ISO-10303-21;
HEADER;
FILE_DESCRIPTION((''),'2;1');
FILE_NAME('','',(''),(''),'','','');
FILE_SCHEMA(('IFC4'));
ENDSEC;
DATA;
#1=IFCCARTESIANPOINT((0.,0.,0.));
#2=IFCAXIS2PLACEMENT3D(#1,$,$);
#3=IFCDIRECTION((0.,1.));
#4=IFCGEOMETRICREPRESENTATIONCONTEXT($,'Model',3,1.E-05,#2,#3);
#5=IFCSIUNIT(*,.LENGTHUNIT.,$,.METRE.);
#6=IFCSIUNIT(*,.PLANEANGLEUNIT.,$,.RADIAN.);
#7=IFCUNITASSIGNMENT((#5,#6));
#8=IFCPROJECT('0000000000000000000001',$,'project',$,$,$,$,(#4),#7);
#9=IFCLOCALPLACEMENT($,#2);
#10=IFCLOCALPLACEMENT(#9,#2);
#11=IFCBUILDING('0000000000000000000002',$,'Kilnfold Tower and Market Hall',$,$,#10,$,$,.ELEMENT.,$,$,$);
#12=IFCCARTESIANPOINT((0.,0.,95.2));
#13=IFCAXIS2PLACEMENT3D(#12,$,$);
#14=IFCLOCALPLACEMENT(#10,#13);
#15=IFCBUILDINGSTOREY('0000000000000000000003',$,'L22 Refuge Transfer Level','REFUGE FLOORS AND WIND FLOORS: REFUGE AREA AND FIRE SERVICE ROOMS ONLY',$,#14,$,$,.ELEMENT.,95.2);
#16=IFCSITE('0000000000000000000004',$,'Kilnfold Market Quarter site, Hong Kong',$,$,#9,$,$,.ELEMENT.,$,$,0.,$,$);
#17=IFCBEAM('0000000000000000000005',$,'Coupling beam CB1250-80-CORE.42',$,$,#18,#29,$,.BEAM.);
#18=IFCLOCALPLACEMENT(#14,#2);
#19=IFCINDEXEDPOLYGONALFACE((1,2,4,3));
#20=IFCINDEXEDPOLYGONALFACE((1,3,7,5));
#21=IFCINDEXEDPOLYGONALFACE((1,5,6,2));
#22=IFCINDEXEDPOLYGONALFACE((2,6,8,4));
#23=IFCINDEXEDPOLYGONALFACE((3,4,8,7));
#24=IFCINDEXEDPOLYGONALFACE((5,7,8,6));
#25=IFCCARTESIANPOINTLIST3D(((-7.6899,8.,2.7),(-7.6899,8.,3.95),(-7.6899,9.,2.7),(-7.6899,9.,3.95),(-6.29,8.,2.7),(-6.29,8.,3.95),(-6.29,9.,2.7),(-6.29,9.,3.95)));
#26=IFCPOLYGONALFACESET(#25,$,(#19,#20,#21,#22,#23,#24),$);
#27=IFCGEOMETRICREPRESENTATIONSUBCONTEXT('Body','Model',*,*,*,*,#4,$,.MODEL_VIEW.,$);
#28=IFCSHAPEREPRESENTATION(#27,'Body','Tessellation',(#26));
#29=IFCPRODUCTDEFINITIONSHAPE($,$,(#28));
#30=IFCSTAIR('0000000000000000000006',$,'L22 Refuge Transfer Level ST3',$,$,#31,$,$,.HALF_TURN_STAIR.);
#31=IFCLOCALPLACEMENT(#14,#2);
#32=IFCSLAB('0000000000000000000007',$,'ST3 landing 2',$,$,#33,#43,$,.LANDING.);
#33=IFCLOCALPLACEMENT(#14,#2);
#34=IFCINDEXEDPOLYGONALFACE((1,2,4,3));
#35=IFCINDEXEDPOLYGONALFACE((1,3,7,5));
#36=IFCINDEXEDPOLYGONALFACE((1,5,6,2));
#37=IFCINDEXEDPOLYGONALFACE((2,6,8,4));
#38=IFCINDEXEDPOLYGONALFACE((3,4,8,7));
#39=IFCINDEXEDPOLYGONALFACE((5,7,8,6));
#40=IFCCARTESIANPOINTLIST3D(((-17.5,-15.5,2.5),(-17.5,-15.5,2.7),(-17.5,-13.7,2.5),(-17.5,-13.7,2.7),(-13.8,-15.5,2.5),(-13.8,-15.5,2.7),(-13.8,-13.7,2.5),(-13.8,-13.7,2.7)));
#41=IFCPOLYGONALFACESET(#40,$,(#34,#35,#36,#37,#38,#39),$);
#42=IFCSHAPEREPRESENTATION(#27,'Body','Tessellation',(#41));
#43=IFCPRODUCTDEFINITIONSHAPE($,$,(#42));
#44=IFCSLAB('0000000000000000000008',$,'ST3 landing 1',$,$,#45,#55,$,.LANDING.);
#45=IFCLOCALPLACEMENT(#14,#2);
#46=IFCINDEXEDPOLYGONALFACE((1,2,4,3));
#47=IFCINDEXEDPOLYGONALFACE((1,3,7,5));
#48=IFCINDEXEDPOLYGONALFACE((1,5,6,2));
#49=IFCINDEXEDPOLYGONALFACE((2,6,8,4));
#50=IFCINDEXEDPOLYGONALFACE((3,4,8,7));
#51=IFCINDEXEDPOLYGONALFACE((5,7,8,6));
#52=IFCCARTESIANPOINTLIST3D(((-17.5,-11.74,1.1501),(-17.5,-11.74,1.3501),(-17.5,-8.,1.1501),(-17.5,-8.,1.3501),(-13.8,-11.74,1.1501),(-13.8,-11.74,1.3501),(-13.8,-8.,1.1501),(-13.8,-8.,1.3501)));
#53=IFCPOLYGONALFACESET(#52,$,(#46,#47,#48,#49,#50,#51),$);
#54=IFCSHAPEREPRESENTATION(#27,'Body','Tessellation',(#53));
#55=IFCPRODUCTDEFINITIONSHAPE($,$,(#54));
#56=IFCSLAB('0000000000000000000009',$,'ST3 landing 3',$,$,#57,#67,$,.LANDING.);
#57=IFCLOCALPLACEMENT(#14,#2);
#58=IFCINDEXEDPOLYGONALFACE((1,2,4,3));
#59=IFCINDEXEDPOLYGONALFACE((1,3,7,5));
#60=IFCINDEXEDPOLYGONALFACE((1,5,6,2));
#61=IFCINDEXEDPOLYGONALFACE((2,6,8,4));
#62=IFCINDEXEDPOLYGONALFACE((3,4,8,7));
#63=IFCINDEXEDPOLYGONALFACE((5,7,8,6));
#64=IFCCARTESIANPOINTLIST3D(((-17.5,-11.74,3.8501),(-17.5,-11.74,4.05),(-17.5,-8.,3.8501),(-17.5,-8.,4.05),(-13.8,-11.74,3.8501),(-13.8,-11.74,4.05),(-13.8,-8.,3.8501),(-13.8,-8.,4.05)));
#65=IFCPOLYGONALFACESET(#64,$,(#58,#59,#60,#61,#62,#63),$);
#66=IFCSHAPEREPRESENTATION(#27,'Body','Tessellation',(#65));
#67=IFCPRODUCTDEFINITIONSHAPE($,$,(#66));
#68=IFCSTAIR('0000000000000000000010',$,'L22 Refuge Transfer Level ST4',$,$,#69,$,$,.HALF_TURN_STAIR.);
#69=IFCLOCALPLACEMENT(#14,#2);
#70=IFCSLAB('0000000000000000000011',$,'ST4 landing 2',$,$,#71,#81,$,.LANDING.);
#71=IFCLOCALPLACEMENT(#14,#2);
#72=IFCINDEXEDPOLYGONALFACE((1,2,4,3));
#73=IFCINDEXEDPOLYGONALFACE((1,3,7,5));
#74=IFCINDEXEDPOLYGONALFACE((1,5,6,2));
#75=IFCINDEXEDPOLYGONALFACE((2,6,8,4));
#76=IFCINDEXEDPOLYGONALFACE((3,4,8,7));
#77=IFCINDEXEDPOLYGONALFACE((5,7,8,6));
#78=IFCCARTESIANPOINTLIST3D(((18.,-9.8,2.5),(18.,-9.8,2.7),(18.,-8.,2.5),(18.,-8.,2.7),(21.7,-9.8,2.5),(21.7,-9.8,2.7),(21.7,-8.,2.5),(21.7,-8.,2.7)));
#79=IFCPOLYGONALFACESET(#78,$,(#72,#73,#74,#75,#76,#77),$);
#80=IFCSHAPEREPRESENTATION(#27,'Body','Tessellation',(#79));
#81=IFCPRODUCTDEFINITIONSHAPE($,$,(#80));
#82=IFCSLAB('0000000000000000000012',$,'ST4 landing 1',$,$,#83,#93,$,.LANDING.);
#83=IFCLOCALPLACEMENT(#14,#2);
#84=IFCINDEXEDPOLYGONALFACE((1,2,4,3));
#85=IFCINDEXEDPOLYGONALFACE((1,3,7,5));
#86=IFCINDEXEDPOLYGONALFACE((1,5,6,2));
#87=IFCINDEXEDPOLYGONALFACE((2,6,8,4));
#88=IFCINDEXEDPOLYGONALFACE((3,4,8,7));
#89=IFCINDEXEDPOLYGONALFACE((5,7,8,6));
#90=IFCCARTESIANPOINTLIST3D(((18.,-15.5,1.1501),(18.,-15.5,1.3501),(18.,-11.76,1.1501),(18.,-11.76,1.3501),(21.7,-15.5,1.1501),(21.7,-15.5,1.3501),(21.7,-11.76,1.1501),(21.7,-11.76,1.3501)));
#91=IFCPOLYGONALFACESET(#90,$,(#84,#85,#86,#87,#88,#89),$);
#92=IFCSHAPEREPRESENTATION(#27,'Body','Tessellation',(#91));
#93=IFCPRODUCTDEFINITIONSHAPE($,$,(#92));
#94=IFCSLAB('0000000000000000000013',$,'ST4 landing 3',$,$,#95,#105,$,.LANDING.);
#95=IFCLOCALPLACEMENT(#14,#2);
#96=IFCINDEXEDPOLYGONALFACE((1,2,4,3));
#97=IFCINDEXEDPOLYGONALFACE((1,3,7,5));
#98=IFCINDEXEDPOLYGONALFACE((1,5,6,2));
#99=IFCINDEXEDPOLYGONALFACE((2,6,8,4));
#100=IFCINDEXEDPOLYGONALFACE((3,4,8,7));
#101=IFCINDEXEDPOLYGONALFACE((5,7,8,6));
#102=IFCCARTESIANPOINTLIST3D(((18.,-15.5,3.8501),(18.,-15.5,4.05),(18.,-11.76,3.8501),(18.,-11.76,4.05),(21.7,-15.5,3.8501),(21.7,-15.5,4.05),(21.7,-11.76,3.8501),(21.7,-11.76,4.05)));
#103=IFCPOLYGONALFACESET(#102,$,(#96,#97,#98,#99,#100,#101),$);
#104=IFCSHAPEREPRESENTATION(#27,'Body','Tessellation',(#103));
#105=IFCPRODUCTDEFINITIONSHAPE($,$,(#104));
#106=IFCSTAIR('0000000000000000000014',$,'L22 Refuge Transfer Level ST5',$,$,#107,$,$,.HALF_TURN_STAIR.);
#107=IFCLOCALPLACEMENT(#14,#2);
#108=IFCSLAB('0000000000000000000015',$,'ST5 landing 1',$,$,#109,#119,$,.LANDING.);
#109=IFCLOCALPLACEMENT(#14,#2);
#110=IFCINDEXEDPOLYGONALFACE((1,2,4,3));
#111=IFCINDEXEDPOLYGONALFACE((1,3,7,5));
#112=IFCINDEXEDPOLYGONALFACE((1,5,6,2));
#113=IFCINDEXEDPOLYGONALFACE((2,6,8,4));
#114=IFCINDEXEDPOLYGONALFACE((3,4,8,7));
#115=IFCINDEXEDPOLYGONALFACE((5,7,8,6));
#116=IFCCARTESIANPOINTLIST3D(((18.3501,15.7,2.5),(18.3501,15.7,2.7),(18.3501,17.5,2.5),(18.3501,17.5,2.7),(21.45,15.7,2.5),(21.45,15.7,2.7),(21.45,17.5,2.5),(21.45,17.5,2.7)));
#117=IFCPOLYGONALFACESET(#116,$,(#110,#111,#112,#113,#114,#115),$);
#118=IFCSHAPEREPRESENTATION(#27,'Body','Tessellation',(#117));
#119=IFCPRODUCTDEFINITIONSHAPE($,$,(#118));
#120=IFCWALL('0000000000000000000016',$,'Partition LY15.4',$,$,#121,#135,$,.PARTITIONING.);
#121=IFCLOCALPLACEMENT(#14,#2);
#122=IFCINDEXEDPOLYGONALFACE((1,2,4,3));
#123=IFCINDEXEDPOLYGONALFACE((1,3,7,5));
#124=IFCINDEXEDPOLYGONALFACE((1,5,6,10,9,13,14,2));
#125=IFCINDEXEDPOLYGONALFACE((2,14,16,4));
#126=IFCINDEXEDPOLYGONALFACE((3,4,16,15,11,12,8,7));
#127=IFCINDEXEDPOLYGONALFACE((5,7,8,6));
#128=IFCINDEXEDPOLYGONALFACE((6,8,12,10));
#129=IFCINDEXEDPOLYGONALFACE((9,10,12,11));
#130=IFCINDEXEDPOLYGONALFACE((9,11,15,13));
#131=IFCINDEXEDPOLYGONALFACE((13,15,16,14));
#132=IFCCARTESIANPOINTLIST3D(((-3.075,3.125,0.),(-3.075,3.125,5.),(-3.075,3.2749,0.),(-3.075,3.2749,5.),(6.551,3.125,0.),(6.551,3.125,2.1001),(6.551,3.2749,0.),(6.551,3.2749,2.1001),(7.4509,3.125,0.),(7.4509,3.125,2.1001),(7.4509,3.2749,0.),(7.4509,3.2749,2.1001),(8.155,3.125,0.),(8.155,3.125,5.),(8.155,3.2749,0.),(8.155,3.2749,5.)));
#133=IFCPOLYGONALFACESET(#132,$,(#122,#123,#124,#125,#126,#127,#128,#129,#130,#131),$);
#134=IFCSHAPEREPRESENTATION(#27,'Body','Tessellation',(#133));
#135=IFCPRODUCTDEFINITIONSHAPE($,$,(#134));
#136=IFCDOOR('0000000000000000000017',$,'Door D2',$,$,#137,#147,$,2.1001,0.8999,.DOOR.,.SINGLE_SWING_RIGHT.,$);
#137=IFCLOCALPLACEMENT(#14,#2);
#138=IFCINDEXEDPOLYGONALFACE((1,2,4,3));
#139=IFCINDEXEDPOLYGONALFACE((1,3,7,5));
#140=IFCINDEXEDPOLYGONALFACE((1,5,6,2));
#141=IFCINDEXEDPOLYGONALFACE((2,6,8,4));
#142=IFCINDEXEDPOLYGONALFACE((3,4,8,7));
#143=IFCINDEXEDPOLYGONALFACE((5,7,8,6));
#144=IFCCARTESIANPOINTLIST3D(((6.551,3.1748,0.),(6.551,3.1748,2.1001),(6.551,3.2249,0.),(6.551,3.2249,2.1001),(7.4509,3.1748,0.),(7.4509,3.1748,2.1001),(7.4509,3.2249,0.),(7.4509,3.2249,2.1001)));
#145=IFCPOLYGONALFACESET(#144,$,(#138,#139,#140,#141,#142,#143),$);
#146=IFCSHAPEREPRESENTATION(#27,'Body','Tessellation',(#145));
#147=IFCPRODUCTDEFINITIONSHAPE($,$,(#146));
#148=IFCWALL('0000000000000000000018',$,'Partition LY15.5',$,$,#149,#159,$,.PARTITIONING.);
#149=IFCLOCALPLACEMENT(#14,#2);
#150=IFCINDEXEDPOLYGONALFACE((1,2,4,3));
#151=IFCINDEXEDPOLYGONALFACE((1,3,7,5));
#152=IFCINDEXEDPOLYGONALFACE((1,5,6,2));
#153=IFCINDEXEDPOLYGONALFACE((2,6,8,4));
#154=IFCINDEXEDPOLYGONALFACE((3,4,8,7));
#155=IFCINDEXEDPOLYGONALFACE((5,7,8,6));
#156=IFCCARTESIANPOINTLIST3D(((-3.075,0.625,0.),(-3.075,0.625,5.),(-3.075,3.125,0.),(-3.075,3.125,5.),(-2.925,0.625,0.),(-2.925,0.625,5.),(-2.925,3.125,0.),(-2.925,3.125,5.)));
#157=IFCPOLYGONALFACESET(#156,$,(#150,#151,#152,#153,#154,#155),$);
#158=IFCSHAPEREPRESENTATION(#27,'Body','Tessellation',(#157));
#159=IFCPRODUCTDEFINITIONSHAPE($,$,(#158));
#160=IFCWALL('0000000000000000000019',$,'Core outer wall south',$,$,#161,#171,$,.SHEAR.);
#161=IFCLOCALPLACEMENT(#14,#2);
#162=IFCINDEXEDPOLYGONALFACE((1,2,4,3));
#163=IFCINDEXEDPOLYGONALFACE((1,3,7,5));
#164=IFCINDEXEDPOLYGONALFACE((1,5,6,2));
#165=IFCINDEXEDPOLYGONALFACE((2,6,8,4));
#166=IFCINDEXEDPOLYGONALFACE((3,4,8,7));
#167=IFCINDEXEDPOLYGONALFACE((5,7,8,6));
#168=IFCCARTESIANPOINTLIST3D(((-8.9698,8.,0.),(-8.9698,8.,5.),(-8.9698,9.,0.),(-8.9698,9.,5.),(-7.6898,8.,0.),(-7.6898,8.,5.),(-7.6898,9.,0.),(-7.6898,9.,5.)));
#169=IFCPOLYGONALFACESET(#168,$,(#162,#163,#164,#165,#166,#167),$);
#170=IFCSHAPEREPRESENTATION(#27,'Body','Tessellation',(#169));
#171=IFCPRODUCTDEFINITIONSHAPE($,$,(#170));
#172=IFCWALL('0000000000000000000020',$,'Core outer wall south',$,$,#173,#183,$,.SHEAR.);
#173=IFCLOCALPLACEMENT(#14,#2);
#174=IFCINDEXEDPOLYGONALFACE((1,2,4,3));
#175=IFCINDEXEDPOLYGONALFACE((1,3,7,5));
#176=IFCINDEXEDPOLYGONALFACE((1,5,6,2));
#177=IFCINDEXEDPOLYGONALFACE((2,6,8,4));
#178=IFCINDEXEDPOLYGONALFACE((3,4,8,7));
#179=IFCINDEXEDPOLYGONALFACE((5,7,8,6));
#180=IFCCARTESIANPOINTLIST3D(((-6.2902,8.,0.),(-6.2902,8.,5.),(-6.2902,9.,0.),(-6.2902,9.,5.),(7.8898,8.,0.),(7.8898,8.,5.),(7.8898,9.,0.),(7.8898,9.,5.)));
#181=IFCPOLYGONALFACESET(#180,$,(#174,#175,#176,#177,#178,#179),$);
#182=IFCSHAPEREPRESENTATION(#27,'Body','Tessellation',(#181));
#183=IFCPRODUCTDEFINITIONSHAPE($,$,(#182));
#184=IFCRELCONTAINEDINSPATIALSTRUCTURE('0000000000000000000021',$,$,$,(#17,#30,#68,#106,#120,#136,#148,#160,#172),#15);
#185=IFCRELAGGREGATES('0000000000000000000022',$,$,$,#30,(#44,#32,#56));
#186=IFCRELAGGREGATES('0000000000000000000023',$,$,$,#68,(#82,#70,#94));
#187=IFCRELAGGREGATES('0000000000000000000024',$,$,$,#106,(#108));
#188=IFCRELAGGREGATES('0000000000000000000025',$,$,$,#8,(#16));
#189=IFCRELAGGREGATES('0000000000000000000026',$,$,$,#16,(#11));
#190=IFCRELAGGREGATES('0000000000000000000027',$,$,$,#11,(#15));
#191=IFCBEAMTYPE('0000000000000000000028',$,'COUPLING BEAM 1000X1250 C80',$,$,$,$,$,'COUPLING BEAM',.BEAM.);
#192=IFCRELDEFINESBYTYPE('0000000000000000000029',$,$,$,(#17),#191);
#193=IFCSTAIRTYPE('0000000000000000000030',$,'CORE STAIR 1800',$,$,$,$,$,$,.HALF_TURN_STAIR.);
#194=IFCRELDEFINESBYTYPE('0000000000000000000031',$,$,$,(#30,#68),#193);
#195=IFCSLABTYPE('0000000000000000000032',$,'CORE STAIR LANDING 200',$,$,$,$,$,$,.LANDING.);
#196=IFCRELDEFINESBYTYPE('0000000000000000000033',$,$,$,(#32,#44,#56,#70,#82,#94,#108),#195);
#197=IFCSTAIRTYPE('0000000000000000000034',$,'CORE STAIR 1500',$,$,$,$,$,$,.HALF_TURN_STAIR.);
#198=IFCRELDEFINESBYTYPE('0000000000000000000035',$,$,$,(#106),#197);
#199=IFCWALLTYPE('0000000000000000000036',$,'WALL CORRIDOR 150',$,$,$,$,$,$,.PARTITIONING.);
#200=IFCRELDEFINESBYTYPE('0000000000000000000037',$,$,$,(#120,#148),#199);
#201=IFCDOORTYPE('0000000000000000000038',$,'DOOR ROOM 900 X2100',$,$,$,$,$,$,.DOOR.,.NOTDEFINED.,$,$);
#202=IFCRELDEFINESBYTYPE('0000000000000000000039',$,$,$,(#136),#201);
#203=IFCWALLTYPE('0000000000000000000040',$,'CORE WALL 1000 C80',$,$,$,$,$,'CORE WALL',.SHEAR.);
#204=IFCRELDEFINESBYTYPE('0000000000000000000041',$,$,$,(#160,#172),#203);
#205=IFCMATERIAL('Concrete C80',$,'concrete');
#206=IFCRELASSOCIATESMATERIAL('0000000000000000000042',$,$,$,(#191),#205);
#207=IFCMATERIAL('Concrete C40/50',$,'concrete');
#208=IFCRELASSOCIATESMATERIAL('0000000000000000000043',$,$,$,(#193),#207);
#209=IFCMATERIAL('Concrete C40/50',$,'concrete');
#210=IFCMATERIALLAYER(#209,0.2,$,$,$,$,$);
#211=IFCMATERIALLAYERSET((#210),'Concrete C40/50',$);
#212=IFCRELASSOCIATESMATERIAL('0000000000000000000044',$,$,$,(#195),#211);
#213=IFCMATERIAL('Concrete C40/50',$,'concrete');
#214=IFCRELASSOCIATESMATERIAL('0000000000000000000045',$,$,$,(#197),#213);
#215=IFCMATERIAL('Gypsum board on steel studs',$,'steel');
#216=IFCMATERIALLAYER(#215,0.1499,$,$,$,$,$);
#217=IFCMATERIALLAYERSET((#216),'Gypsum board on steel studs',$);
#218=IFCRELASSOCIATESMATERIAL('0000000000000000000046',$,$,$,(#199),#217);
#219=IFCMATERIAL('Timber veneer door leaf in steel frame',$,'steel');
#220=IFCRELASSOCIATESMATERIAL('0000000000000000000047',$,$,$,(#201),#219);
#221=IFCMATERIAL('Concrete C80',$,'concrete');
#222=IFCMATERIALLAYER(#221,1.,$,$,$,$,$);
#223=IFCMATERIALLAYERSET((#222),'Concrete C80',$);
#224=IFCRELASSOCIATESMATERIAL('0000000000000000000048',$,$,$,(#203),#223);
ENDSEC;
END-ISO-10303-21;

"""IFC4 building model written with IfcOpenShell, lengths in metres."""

from ifc_helpers import new_model, si_unit, direction, frame, frame_2d, origin, origin_2d, place, context, subcontext, project, spatial, polyline, rectangle, outline, extrude, source, transform, mapped, material, layer, layer_set, material_profile, profile_set, type_object, element, fill, aggregate, save


model = new_model("IFC4")

# Units and contexts
model_context = context("Model", 3, precision=1e-05, world=origin(), true_north=direction((0.0, 1.0)))
body_context = subcontext(model_context, "Body", "Model", "MODEL_VIEW")
ifc_project = project(units=[si_unit("LENGTHUNIT", "METRE"), si_unit("PLANEANGLEUNIT", "RADIAN")], contexts=[model_context])

# Site, building, storey
site_placement = place(None, origin())
site = spatial("IfcSite", under=ifc_project, at=site_placement, Name="Kilnfold Market Quarter site, Hong Kong", CompositionType="ELEMENT", RefElevation=0.0)
building_placement = place(site_placement, origin())
building = spatial("IfcBuilding", under=site, at=building_placement, Name="Kilnfold Tower and Market Hall", CompositionType="ELEMENT")
storey_placement = place(building_placement, frame((0.0, 0.0, 95.2)))
storey = spatial("IfcBuildingStorey", under=building, at=storey_placement, Name="L22 Refuge Transfer Level", Description="REFUGE FLOORS AND WIND FLOORS: REFUGE AREA AND FIRE SERVICE ROOMS ONLY", CompositionType="ELEMENT", Elevation=95.2)

# Beam
ifc_material_1 = material(Name="Concrete C80", Category="concrete")
ifc_material_profile = material_profile(ifc_material_1, rectangle(XDim=1.0, YDim=1.25, at=origin_2d()), Name="RC 1000x1250")
ifc_profile_set = profile_set([ifc_material_profile], Name="Concrete C80")
beam_type = type_object("IfcBeamType", Name="COUPLING BEAM 1000X1250 C80", ElementType="COUPLING BEAM", PredefinedType="BEAM", material=ifc_profile_set)
shared_shape_1 = source(origin(), body_context, "Body", "SweptSolid", [
    extrude(rectangle(XDim=1.0, YDim=1.25, at=origin_2d()), origin(), (0.0, 0.0, 1.0), 1.3999),
])
beam_placement = place(storey_placement, frame((-7.6899, 8.5, 3.325), z_axis=(1.0, 0.0, 0.0), x_axis=(0.0, 1.0, 0.0)))
element("IfcBeam", 1, at=beam_placement, inside=storey, type_object=beam_type, Name="Coupling beam CB1250-80-CORE.42", PredefinedType="BEAM", context=body_context, shape_type="MappedRepresentation", body=[
    mapped(shared_shape_1, transform((0.0, 0.0, 0.0))),
])

# Stairs, slabs
ifc_material_2 = material(Name="Concrete C40/50", Category="concrete")
stair_type_1 = type_object("IfcStairType", Name="CORE STAIR 1800", PredefinedType="HALF_TURN_STAIR", material=ifc_material_2)
stair_1_placement = place(storey_placement, origin())
stair_1 = element("IfcStair", 2, at=stair_1_placement, inside=storey, type_object=stair_type_1, Name="L22 Refuge Transfer Level ST3", PredefinedType="HALF_TURN_STAIR")
ifc_material_3 = material(Name="Concrete C40/50", Category="concrete")
ifc_layer_1 = layer(ifc_material_3, 0.2)
ifc_layer_set_1 = layer_set([ifc_layer_1], Name="Concrete C40/50")
slab_type = type_object("IfcSlabType", Name="CORE STAIR LANDING 200", PredefinedType="LANDING", material=ifc_layer_set_1)
shared_shape_2 = source(origin(), body_context, "Body", "SweptSolid", [
    extrude(outline(polyline([(-13.8, -15.5), (-13.8, -13.7), (-17.5, -13.7), (-17.5, -15.5), (-13.8, -15.5)])), origin(), (0.0, 0.0, 1.0), 0.2),
])
slab_1_placement = place(storey_placement, frame((0.0, 0.0, 2.5)))
slab_1 = element("IfcSlab", 3, at=slab_1_placement, type_object=slab_type, Name="ST3 landing 2", PredefinedType="LANDING", context=body_context, shape_type="MappedRepresentation", body=[
    mapped(shared_shape_2, transform((0.0, 0.0, 0.0))),
])
shared_shape_3 = source(origin(), body_context, "Body", "SweptSolid", [
    extrude(outline(polyline([(-13.8, -11.74), (-13.8, -8.0), (-17.5, -8.0), (-17.5, -11.74), (-13.8, -11.74)])), origin(), (0.0, 0.0, 1.0), 0.2),
])
slab_2_placement = place(storey_placement, frame((0.0, 0.0, 1.1501)))
slab_2 = element("IfcSlab", 4, at=slab_2_placement, type_object=slab_type, Name="ST3 landing 1", PredefinedType="LANDING", context=body_context, shape_type="MappedRepresentation", body=[
    mapped(shared_shape_3, transform((0.0, 0.0, 0.0))),
])
slab_3_placement = place(storey_placement, frame((0.0, 0.0, 3.8501)))
slab_3 = element("IfcSlab", 5, at=slab_3_placement, type_object=slab_type, Name="ST3 landing 3", PredefinedType="LANDING", context=body_context, shape_type="MappedRepresentation", body=[
    mapped(shared_shape_3, transform((0.0, 0.0, 0.0))),
])
aggregate(stair_1, [slab_2, slab_1, slab_3])
stair_2_placement = place(storey_placement, origin())
stair_2 = element("IfcStair", 6, at=stair_2_placement, inside=storey, type_object=stair_type_1, Name="L22 Refuge Transfer Level ST4", PredefinedType="HALF_TURN_STAIR")
shared_shape_4 = source(origin(), body_context, "Body", "SweptSolid", [
    extrude(outline(polyline([(18.0, -8.0), (18.0, -9.8), (21.7, -9.8), (21.7, -8.0), (18.0, -8.0)])), origin(), (0.0, 0.0, 1.0), 0.2),
])
slab_4_placement = place(storey_placement, frame((0.0, 0.0, 2.5)))
slab_4 = element("IfcSlab", 7, at=slab_4_placement, type_object=slab_type, Name="ST4 landing 2", PredefinedType="LANDING", context=body_context, shape_type="MappedRepresentation", body=[
    mapped(shared_shape_4, transform((0.0, 0.0, 0.0))),
])
shared_shape_5 = source(origin(), body_context, "Body", "SweptSolid", [
    extrude(outline(polyline([(18.0, -11.76), (18.0, -15.5), (21.7, -15.5), (21.7, -11.76), (18.0, -11.76)])), origin(), (0.0, 0.0, 1.0), 0.2),
])
slab_5_placement = place(storey_placement, frame((0.0, 0.0, 1.1501)))
slab_5 = element("IfcSlab", 8, at=slab_5_placement, type_object=slab_type, Name="ST4 landing 1", PredefinedType="LANDING", context=body_context, shape_type="MappedRepresentation", body=[
    mapped(shared_shape_5, transform((0.0, 0.0, 0.0))),
])
slab_6_placement = place(storey_placement, frame((0.0, 0.0, 3.8501)))
slab_6 = element("IfcSlab", 9, at=slab_6_placement, type_object=slab_type, Name="ST4 landing 3", PredefinedType="LANDING", context=body_context, shape_type="MappedRepresentation", body=[
    mapped(shared_shape_5, transform((0.0, 0.0, 0.0))),
])
aggregate(stair_2, [slab_5, slab_4, slab_6])

# Stair, slab
ifc_material_4 = material(Name="Concrete C40/50", Category="concrete")
stair_type_2 = type_object("IfcStairType", Name="CORE STAIR 1500", PredefinedType="HALF_TURN_STAIR", material=ifc_material_4)
stair_3_placement = place(storey_placement, origin())
stair_3 = element("IfcStair", 10, at=stair_3_placement, inside=storey, type_object=stair_type_2, Name="L22 Refuge Transfer Level ST5", PredefinedType="HALF_TURN_STAIR")
shared_shape_6 = source(origin(), body_context, "Body", "SweptSolid", [
    extrude(outline(polyline([(21.45, 15.7), (21.45, 17.5), (18.3501, 17.5), (18.3501, 15.7), (21.45, 15.7)])), origin(), (0.0, 0.0, 1.0), 0.2),
])
slab_7_placement = place(storey_placement, frame((0.0, 0.0, 2.5)))
slab_7 = element("IfcSlab", 11, at=slab_7_placement, type_object=slab_type, Name="ST5 landing 1", PredefinedType="LANDING", context=body_context, shape_type="MappedRepresentation", body=[
    mapped(shared_shape_6, transform((0.0, 0.0, 0.0))),
])
aggregate(stair_3, [slab_7])

# Wall, opening, door
ifc_material_5 = material(Name="Gypsum board on steel studs", Category="steel")
ifc_layer_2 = layer(ifc_material_5, 0.1499)
ifc_layer_set_2 = layer_set([ifc_layer_2], Name="Gypsum board on steel studs")
wall_type_1 = type_object("IfcWallType", Name="WALL CORRIDOR 150", PredefinedType="PARTITIONING", material=ifc_layer_set_2)
wall_1_placement = place(storey_placement, frame((-3.075, 3.2, 0.0), z_axis=(0.0, 0.0, 1.0), x_axis=(1.0, 0.0, 0.0)))
wall_1 = element("IfcWall", 12, at=wall_1_placement, inside=storey, type_object=wall_type_1, Name="Partition LY15.4", PredefinedType="PARTITIONING", context=body_context, shape_type="SweptSolid", body=[
    extrude(rectangle(XDim=11.23, YDim=0.1499, at=frame_2d((5.615, 0.0))), origin(), (0.0, 0.0, 1.0), 5.0),
])
opening_1_placement = place(wall_1_placement, frame((9.626, 0.0, 0.0)))
opening_1 = element("IfcOpeningElement", 13, at=opening_1_placement, cuts=wall_1, PredefinedType="OPENING", context=body_context, shape_type="SweptSolid", body=[
    extrude(rectangle(XDim=0.8999, YDim=2.1001, at=frame_2d((0.45, 1.05))), frame((0.0, 0.085, 0.0), z_axis=(0.0, -1.0, 0.0), x_axis=(1.0, 0.0, 0.0)), (0.0, 0.0, 1.0), 0.1699),
])
ifc_material_6 = material(Name="Timber veneer door leaf in steel frame", Category="steel")
door_type_1 = type_object("IfcDoorType", Name="DOOR ROOM 900 X2100", OperationType="NOTDEFINED", PredefinedType="DOOR", material=ifc_material_6)
door_1_placement = place(opening_1_placement, origin())
door_1 = element("IfcDoor", 14, at=door_1_placement, inside=storey, type_object=door_type_1, Name="Door D2", OperationType="SINGLE_SWING_RIGHT", OverallHeight=2.1001, OverallWidth=0.8999, PredefinedType="DOOR", context=body_context, shape_type="SweptSolid", body=[
    extrude(rectangle(XDim=0.8999, YDim=2.1001, at=frame_2d((0.45, 1.05))), frame((0.0, 0.0249, 0.0), z_axis=(0.0, -1.0, 0.0), x_axis=(1.0, 0.0, 0.0)), (0.0, 0.0, 1.0), 0.05),
])
fill(opening_1, door_1)

# Walls
wall_2_placement = place(storey_placement, frame((-3.0, 0.625, 0.0), z_axis=(0.0, 0.0, 1.0), x_axis=(0.0, 1.0, 0.0)))
element("IfcWall", 15, at=wall_2_placement, inside=storey, type_object=wall_type_1, Name="Partition LY15.5", PredefinedType="PARTITIONING", context=body_context, shape_type="SweptSolid", body=[
    extrude(rectangle(XDim=2.5, YDim=0.1499, at=frame_2d((1.25, 0.0))), origin(), (0.0, 0.0, 1.0), 5.0),
])
ifc_material_7 = material(Name="Concrete C80", Category="concrete")
ifc_layer_3 = layer(ifc_material_7, 1.0)
ifc_layer_set_3 = layer_set([ifc_layer_3], Name="Concrete C80")
wall_type_2 = type_object("IfcWallType", Name="CORE WALL 1000 C80", ElementType="CORE WALL", PredefinedType="SHEAR", material=ifc_layer_set_3)
shared_shape_7 = source(origin(), body_context, "Body", "SweptSolid", [
    extrude(rectangle(XDim=1.28, YDim=1.0, at=frame_2d((0.6401, 0.0))), origin(), (0.0, 0.0, 1.0), 5.0),
])
wall_3_placement = place(storey_placement, frame((-8.97, 8.5, 0.0), z_axis=(0.0, 0.0, 1.0), x_axis=(1.0, 0.0, 0.0)))
element("IfcWall", 16, at=wall_3_placement, inside=storey, type_object=wall_type_2, Name="Core outer wall south", PredefinedType="SHEAR", context=body_context, shape_type="MappedRepresentation", body=[
    mapped(shared_shape_7, transform((0.0, 0.0, 0.0))),
])
shared_shape_8 = source(origin(), body_context, "Body", "SweptSolid", [
    extrude(rectangle(XDim=14.1799, YDim=1.0, at=frame_2d((7.0898, 0.0))), origin(), (0.0, 0.0, 1.0), 5.0),
])
wall_4_placement = place(storey_placement, frame((-6.29, 8.5, 0.0), z_axis=(0.0, 0.0, 1.0), x_axis=(1.0, 0.0, 0.0)))
element("IfcWall", 17, at=wall_4_placement, inside=storey, type_object=wall_type_2, Name="Core outer wall south", PredefinedType="SHEAR", context=body_context, shape_type="MappedRepresentation", body=[
    mapped(shared_shape_8, transform((0.0, 0.0, 0.0))),
])

save(model, "model.ifc")
